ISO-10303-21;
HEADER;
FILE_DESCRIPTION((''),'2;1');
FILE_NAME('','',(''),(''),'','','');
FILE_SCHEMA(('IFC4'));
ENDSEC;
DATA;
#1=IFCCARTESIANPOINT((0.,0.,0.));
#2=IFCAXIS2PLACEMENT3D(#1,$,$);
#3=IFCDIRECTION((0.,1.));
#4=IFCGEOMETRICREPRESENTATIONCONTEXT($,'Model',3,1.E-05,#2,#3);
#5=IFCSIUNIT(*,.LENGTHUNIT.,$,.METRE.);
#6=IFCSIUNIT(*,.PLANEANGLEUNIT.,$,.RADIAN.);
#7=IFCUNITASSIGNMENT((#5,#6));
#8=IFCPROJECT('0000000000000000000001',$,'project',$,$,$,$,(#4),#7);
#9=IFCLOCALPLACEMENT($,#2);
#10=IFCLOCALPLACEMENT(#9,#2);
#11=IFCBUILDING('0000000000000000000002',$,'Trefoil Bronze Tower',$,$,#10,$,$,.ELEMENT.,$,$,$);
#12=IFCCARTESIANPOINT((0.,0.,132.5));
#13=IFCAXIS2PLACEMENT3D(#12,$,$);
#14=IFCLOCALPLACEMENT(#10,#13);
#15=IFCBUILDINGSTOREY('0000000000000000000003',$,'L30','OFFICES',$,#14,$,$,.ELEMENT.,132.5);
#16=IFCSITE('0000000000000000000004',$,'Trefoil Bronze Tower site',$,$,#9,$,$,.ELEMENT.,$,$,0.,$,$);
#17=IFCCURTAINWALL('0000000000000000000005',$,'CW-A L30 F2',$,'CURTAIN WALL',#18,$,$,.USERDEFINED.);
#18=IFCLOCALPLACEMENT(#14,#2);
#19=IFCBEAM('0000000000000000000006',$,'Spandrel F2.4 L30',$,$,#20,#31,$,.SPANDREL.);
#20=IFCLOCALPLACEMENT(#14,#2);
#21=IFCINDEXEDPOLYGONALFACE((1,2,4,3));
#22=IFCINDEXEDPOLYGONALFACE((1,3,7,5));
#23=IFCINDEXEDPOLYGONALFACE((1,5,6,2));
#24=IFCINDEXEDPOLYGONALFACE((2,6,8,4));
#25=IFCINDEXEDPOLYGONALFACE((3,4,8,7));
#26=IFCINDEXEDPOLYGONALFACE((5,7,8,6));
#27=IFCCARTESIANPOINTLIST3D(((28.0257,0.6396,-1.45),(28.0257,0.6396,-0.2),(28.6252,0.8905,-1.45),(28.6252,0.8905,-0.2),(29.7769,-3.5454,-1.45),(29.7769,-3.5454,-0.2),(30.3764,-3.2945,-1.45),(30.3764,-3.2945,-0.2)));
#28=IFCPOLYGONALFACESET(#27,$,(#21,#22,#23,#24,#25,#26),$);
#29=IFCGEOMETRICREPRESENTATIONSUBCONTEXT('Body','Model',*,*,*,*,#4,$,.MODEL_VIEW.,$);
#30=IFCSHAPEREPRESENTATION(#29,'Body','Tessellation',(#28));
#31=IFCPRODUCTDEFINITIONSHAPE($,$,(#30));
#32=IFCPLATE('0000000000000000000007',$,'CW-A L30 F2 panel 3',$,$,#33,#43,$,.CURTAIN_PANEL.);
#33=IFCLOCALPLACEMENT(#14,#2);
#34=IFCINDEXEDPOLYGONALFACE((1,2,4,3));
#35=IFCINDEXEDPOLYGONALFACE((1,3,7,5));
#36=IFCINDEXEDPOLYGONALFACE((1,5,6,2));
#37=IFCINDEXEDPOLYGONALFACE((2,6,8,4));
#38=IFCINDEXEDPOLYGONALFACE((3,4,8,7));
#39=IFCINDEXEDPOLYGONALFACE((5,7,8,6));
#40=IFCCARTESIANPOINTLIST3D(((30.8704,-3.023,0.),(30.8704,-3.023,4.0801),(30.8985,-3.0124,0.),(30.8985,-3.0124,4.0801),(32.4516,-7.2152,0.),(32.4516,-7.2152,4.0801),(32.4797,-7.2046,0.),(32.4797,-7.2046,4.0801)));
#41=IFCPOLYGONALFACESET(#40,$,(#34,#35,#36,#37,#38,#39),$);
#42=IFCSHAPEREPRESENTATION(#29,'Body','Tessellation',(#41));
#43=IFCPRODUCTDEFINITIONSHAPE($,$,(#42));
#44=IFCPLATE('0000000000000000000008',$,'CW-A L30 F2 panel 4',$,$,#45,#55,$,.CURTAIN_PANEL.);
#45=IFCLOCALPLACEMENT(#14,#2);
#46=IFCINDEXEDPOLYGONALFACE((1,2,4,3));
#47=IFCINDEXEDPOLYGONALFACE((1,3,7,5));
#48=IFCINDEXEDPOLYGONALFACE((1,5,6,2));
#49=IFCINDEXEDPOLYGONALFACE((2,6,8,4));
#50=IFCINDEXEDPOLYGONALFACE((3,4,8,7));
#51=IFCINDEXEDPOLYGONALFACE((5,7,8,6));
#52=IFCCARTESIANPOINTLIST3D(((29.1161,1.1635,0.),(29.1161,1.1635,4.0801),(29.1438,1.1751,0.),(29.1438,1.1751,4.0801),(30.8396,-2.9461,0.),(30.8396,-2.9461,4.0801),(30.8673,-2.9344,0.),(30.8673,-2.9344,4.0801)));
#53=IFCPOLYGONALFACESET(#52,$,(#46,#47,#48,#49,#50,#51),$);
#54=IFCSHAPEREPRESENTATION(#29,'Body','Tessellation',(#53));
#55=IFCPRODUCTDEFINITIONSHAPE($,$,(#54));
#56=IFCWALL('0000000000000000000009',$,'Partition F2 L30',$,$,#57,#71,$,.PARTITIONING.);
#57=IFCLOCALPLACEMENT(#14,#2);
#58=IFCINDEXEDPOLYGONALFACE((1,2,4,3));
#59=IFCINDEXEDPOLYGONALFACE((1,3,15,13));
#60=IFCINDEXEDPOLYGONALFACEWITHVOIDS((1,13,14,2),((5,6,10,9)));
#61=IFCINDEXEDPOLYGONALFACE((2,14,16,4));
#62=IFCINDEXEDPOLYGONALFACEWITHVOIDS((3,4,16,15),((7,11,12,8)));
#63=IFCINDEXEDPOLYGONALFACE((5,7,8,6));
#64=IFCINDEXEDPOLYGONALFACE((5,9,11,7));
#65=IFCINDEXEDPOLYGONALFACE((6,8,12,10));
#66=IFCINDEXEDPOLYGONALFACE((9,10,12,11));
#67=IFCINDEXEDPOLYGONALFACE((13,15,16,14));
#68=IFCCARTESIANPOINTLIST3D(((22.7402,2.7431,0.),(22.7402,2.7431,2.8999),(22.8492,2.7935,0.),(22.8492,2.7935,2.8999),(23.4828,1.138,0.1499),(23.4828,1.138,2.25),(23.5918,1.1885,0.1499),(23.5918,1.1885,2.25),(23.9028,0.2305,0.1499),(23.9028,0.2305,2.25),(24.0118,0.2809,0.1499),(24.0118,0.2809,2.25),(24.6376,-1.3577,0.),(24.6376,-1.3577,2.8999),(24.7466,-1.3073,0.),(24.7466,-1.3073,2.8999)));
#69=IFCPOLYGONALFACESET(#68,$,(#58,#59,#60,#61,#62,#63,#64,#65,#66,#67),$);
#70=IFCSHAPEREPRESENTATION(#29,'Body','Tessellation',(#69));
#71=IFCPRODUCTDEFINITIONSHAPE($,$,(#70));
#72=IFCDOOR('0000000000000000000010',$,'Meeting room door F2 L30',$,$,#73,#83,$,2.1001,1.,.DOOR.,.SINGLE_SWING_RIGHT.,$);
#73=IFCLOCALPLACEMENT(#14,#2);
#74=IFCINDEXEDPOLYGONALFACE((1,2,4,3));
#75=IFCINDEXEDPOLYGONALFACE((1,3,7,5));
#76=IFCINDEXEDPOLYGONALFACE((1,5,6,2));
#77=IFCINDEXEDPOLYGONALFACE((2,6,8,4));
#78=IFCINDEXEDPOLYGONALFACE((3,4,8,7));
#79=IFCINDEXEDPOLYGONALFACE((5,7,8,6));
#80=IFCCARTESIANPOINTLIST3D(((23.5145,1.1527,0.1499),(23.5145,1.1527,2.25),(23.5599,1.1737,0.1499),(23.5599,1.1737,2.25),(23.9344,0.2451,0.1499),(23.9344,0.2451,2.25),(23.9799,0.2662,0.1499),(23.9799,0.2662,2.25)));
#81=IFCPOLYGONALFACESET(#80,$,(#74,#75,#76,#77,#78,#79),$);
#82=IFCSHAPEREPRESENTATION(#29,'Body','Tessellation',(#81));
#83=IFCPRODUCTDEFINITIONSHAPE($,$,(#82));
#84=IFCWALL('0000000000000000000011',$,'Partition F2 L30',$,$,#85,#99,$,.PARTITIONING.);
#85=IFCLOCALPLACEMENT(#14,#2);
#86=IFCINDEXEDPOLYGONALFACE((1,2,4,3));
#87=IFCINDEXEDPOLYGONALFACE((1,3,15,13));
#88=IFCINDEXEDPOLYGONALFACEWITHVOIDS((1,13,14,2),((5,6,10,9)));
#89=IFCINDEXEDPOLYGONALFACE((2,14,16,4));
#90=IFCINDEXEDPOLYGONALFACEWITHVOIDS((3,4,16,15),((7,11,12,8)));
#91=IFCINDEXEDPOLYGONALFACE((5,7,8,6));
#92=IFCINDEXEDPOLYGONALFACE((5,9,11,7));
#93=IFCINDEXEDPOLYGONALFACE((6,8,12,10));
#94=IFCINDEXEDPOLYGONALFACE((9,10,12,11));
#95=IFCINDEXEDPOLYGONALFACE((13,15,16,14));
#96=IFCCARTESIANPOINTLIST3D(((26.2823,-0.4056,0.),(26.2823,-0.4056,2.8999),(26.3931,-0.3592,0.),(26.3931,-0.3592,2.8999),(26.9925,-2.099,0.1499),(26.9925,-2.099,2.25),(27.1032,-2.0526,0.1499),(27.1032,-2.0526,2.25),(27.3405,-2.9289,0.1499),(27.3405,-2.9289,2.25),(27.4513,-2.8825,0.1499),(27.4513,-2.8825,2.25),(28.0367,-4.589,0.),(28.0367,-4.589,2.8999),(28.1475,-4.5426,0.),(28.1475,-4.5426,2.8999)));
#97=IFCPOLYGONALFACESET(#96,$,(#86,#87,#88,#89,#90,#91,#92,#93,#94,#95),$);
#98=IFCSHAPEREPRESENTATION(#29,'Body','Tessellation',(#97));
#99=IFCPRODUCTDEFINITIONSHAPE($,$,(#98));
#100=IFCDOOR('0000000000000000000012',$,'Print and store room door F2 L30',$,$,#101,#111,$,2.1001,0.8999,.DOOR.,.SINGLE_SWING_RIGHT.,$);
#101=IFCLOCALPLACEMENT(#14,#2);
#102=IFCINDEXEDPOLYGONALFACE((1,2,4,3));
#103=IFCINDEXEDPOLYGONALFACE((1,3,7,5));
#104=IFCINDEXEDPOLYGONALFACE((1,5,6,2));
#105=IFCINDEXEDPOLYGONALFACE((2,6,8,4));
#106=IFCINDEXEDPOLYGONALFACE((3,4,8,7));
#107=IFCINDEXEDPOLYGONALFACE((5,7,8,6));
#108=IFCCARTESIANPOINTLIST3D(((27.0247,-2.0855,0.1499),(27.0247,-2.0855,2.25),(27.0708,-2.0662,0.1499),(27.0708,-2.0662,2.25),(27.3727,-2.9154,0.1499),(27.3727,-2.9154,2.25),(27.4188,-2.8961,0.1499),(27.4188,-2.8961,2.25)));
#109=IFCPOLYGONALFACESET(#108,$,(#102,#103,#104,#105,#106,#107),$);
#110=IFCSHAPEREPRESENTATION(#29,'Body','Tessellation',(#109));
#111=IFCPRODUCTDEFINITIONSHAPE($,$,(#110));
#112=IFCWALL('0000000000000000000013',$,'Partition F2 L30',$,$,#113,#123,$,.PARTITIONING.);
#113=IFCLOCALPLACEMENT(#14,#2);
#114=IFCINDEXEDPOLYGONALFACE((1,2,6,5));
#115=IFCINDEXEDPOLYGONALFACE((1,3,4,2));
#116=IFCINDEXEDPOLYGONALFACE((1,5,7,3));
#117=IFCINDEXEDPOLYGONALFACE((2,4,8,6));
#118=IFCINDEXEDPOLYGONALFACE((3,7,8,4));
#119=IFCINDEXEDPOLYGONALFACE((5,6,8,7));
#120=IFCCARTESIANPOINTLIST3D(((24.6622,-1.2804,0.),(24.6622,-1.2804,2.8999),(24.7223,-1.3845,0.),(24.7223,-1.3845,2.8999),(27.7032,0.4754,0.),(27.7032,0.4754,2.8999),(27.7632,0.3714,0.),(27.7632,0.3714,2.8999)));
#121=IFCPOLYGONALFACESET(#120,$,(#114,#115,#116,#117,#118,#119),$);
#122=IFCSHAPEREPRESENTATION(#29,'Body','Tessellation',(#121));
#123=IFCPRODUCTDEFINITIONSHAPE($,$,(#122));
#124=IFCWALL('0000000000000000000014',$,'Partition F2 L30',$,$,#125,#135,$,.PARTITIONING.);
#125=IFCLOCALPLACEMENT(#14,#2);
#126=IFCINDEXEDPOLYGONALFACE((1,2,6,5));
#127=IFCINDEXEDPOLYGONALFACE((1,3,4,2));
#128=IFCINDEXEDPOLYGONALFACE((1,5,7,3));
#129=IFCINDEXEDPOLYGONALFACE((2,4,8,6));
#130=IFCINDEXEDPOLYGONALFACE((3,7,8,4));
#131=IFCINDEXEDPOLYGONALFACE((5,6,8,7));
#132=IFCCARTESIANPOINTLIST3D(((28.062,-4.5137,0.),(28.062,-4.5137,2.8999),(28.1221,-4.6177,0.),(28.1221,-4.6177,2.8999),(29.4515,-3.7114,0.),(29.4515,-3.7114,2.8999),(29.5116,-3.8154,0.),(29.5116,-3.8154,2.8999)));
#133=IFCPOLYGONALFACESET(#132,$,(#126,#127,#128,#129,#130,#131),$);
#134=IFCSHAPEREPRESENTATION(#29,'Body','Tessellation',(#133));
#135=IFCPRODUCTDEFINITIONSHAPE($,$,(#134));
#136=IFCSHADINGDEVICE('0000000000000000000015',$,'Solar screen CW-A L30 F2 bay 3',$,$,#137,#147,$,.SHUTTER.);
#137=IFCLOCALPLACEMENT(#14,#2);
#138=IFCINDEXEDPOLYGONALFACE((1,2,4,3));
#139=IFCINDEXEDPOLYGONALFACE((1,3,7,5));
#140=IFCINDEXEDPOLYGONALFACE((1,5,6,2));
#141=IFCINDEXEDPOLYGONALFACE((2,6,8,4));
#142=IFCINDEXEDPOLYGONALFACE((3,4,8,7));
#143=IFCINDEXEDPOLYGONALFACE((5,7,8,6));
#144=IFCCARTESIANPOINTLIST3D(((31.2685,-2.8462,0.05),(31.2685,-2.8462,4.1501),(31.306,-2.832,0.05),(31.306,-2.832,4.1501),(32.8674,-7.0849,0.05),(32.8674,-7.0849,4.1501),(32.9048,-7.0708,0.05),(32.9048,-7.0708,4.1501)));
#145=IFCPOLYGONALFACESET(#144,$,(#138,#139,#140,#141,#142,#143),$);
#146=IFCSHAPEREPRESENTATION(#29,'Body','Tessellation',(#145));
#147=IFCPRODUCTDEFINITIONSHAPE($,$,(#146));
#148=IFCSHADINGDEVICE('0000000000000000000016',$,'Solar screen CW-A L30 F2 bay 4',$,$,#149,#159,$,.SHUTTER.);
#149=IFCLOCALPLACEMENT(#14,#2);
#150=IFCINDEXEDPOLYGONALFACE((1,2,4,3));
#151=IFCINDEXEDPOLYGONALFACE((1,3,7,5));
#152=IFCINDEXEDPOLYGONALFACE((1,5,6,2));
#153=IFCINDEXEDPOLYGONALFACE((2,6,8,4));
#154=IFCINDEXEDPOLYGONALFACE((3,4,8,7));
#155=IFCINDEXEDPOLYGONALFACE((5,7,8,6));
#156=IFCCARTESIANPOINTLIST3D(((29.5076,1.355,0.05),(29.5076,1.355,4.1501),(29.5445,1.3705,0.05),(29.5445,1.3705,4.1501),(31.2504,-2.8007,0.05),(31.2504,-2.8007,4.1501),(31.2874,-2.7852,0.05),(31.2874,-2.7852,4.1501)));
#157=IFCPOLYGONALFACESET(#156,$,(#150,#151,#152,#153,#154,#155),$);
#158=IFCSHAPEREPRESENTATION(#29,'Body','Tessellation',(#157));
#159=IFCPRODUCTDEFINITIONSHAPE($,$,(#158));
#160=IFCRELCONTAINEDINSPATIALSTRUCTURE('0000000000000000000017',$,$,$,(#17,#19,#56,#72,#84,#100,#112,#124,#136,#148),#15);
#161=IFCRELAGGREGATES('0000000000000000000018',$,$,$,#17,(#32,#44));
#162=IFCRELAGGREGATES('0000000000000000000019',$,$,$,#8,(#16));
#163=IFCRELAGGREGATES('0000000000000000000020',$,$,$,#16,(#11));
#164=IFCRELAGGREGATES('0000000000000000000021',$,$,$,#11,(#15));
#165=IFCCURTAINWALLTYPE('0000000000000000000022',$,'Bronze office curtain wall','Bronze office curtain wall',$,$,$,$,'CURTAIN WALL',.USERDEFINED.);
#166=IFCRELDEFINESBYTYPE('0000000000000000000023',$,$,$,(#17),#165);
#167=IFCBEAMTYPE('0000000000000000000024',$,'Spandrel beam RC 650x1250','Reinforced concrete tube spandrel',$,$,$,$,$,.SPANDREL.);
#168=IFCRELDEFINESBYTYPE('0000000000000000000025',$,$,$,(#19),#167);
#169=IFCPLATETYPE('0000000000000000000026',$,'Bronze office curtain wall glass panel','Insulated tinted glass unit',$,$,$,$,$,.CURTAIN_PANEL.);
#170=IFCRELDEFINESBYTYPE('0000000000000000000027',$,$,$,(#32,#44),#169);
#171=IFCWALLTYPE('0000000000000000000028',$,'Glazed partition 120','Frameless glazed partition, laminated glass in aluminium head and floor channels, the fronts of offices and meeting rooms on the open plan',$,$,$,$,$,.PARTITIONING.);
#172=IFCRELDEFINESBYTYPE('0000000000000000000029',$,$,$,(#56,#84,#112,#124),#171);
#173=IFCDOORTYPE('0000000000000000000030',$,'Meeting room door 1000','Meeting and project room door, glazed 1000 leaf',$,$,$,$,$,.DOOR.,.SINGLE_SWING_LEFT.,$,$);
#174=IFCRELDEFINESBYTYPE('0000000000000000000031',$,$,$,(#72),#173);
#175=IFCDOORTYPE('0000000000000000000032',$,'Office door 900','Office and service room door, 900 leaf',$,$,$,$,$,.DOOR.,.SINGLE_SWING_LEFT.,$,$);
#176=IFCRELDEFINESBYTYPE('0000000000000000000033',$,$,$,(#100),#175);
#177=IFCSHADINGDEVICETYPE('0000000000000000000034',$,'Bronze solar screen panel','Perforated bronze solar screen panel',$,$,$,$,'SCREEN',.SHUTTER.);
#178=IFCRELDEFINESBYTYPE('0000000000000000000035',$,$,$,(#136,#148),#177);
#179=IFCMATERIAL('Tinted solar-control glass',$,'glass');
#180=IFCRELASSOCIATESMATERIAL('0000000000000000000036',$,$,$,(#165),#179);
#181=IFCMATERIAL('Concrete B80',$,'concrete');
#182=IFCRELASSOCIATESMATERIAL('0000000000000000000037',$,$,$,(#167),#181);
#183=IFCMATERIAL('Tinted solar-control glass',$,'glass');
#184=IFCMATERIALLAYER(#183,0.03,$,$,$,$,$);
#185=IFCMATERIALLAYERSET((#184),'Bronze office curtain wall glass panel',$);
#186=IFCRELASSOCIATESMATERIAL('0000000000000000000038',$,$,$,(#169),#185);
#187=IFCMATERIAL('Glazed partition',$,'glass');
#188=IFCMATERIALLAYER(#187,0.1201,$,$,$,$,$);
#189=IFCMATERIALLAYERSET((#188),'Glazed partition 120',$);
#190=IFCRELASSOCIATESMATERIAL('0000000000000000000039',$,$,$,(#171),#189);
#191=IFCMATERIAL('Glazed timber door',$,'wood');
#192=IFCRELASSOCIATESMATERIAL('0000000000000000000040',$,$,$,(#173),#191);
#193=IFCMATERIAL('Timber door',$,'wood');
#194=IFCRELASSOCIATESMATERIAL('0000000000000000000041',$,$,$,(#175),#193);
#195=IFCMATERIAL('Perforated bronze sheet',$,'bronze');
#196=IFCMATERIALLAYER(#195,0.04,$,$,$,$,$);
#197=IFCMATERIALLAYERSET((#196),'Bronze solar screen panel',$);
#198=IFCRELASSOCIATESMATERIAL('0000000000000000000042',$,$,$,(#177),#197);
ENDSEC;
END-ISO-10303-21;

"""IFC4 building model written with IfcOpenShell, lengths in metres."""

from ifc_helpers import new_model, si_unit, direction, frame, frame_2d, origin, origin_2d, place, context, subcontext, project, spatial, rectangle, extrude, material, layer, layer_set, material_profile, profile_set, type_object, element, fill, aggregate, save


model = new_model("IFC4")

# Units and contexts
model_context = context("Model", 3, precision=1e-05, world=origin(), true_north=direction((0.0, 1.0)))
body_context = subcontext(model_context, "Body", "Model", "MODEL_VIEW")
ifc_project = project(units=[si_unit("LENGTHUNIT", "METRE"), si_unit("PLANEANGLEUNIT", "RADIAN")], contexts=[model_context])

# Site, building, storey
site_placement = place(None, origin())
site = spatial("IfcSite", under=ifc_project, at=site_placement, Name="Trefoil Bronze Tower site", CompositionType="ELEMENT", RefElevation=0.0)
building_placement = place(site_placement, origin())
building = spatial("IfcBuilding", under=site, at=building_placement, Name="Trefoil Bronze Tower", CompositionType="ELEMENT")
storey_placement = place(building_placement, frame((0.0, 0.0, 132.5)))
storey = spatial("IfcBuildingStorey", under=building, at=storey_placement, Name="L30", Description="OFFICES", CompositionType="ELEMENT", Elevation=132.5)

# Curtain wall
ifc_material_1 = material(Name="Tinted solar-control glass", Category="glass")
curtain_wall_type = type_object("IfcCurtainWallType", Name="Bronze office curtain wall", Description="Bronze office curtain wall", ElementType="CURTAIN WALL", PredefinedType="USERDEFINED", material=ifc_material_1)
curtain_wall_placement = place(storey_placement, origin())
curtain_wall = element("IfcCurtainWall", 1, at=curtain_wall_placement, inside=storey, type_object=curtain_wall_type, Name="CW-A L30 F2", ObjectType="CURTAIN WALL", PredefinedType="USERDEFINED")

# Beam
ifc_material_2 = material(Name="Concrete B80", Category="concrete")
ifc_material_profile_1 = material_profile(ifc_material_2, rectangle(XDim=0.6499, YDim=1.25, at=origin_2d()), Name="RC 650x1250")
ifc_profile_set_1 = profile_set([ifc_material_profile_1], Name="Concrete B80")
beam_type_1 = type_object("IfcBeamType", Name="Spandrel beam RC 650x1250", Description="Reinforced concrete tube spandrel", PredefinedType="SPANDREL", material=ifc_profile_set_1)
beam_1_placement = place(storey_placement, frame((30.0767, -3.4199, -0.825), z_axis=(-0.386013, 0.922493, 0.0), x_axis=(-0.922493, -0.386013, 0.0)))
element("IfcBeam", 2, at=beam_1_placement, inside=storey, type_object=beam_type_1, Name="Spandrel F2.4 L30", PredefinedType="SPANDREL", context=body_context, shape_type="SweptSolid", body=[
    extrude(rectangle(XDim=0.6499, YDim=1.25, at=origin_2d()), origin(), (0.0, 0.0, 1.0), 4.5366),
])

# Plates
ifc_material_3 = material(Name="Tinted solar-control glass", Category="glass")
ifc_layer_1 = layer(ifc_material_3, 0.03)
ifc_layer_set_1 = layer_set([ifc_layer_1], Name="Bronze office curtain wall glass panel")
plate_type = type_object("IfcPlateType", Name="Bronze office curtain wall glass panel", Description="Insulated tinted glass unit", PredefinedType="CURTAIN_PANEL", material=ifc_layer_set_1)
plate_1_placement = place(storey_placement, frame((31.675, -5.1138, 0.0), z_axis=(0.0, 0.0, 1.0), x_axis=(-0.35292, 0.935654, 0.0)))
plate_1 = element("IfcPlate", 3, at=plate_1_placement, type_object=plate_type, Name="CW-A L30 F2 panel 3", PredefinedType="CURTAIN_PANEL", context=body_context, shape_type="SweptSolid", body=[
    extrude(rectangle(XDim=4.4805, YDim=0.03, at=origin_2d()), origin(), (0.0, 0.0, 1.0), 4.0801),
])
plate_2_placement = place(storey_placement, frame((29.9917, -0.8855, 0.0), z_axis=(0.0, 0.0, 1.0), x_axis=(-0.386759, 0.922181, 0.0)))
plate_2 = element("IfcPlate", 4, at=plate_2_placement, type_object=plate_type, Name="CW-A L30 F2 panel 4", PredefinedType="CURTAIN_PANEL", context=body_context, shape_type="SweptSolid", body=[
    extrude(rectangle(XDim=4.4563, YDim=0.03, at=origin_2d()), origin(), (0.0, 0.0, 1.0), 4.0801),
])
aggregate(curtain_wall, [plate_1, plate_2])

# Walls, openings, doors
ifc_material_4 = material(Name="Glazed partition", Category="glass")
ifc_layer_2 = layer(ifc_material_4, 0.1201)
ifc_layer_set_2 = layer_set([ifc_layer_2], Name="Glazed partition 120")
wall_type = type_object("IfcWallType", Name="Glazed partition 120", Description="Frameless glazed partition, laminated glass in aluminium head and floor channels, the fronts of offices and meeting rooms on the open plan", PredefinedType="PARTITIONING", material=ifc_layer_set_2)
wall_1_placement = place(storey_placement, frame((24.6921, -1.3325, 0.0), z_axis=(0.0, 0.0, 1.0), x_axis=(-0.419928, 0.907557, 0.0)))
wall_1 = element("IfcWall", 5, at=wall_1_placement, inside=storey, type_object=wall_type, Name="Partition F2 L30", PredefinedType="PARTITIONING", context=body_context, shape_type="SweptSolid", body=[
    extrude(rectangle(XDim=4.5186, YDim=0.1201, at=frame_2d((2.2593, 0.0))), origin(), (0.0, 0.0, 1.0), 2.8999),
])
opening_1_placement = place(wall_1_placement, frame((1.75, 0.0, 0.1499)))
opening_1 = element("IfcOpeningElement", 6, at=opening_1_placement, cuts=wall_1, PredefinedType="OPENING", context=body_context, shape_type="SweptSolid", body=[
    extrude(rectangle(XDim=1.0, YDim=2.1001, at=frame_2d((0.5, 1.05))), frame((0.0, 0.0701, 0.0), z_axis=(0.0, -1.0, 0.0), x_axis=(1.0, 0.0, 0.0)), (0.0, 0.0, 1.0), 0.1401),
])
ifc_material_5 = material(Name="Glazed timber door", Category="wood")
door_type_1 = type_object("IfcDoorType", Name="Meeting room door 1000", Description="Meeting and project room door, glazed 1000 leaf", OperationType="SINGLE_SWING_LEFT", PredefinedType="DOOR", material=ifc_material_5)
door_1_placement = place(opening_1_placement, frame((1.0, 0.0, 0.0), z_axis=(0.0, 0.0, 1.0), x_axis=(-1.0, 0.0, 0.0)))
door_1 = element("IfcDoor", 7, at=door_1_placement, inside=storey, type_object=door_type_1, Name="Meeting room door F2 L30", OperationType="SINGLE_SWING_RIGHT", OverallHeight=2.1001, OverallWidth=1.0, PredefinedType="DOOR", context=body_context, shape_type="SweptSolid", body=[
    extrude(rectangle(XDim=1.0, YDim=2.1001, at=frame_2d((0.5, 1.05))), frame((0.0, 0.0249, 0.0), z_axis=(0.0, -1.0, 0.0), x_axis=(1.0, 0.0, 0.0)), (0.0, 0.0, 1.0), 0.05),
])
fill(opening_1, door_1)
wall_2_placement = place(storey_placement, frame((28.092, -4.5657, 0.0), z_axis=(0.0, 0.0, 1.0), x_axis=(-0.386743, 0.922188, 0.0)))
wall_2 = element("IfcWall", 8, at=wall_2_placement, inside=storey, type_object=wall_type, Name="Partition F2 L30", PredefinedType="PARTITIONING", context=body_context, shape_type="SweptSolid", body=[
    extrude(rectangle(XDim=4.5364, YDim=0.1201, at=frame_2d((2.2681, 0.0))), origin(), (0.0, 0.0, 1.0), 2.8999),
])
opening_2_placement = place(wall_2_placement, frame((1.8, 0.0, 0.1499)))
opening_2 = element("IfcOpeningElement", 9, at=opening_2_placement, cuts=wall_2, PredefinedType="OPENING", context=body_context, shape_type="SweptSolid", body=[
    extrude(rectangle(XDim=0.8999, YDim=2.1001, at=frame_2d((0.45, 1.05))), frame((0.0, 0.0701, 0.0), z_axis=(0.0, -1.0, 0.0), x_axis=(1.0, 0.0, 0.0)), (0.0, 0.0, 1.0), 0.1401),
])
ifc_material_6 = material(Name="Timber door", Category="wood")
door_type_2 = type_object("IfcDoorType", Name="Office door 900", Description="Office and service room door, 900 leaf", OperationType="SINGLE_SWING_LEFT", PredefinedType="DOOR", material=ifc_material_6)
door_2_placement = place(opening_2_placement, frame((0.8999, 0.0, 0.0), z_axis=(0.0, 0.0, 1.0), x_axis=(-1.0, 0.0, 0.0)))
door_2 = element("IfcDoor", 10, at=door_2_placement, inside=storey, type_object=door_type_2, Name="Print and store room door F2 L30", OperationType="SINGLE_SWING_RIGHT", OverallHeight=2.1001, OverallWidth=0.8999, PredefinedType="DOOR", context=body_context, shape_type="SweptSolid", body=[
    extrude(rectangle(XDim=0.8999, YDim=2.1001, at=frame_2d((0.45, 1.05))), frame((0.0, 0.0249, 0.0), z_axis=(0.0, -1.0, 0.0), x_axis=(1.0, 0.0, 0.0)), (0.0, 0.0, 1.0), 0.05),
])
fill(opening_2, door_2)

# Walls
wall_3_placement = place(storey_placement, frame((24.6921, -1.3325, 0.0), z_axis=(0.0, 0.0, 1.0), x_axis=(0.86601, 0.500027, 0.0)))
element("IfcWall", 11, at=wall_3_placement, inside=storey, type_object=wall_type, Name="Partition F2 L30", PredefinedType="PARTITIONING", context=body_context, shape_type="SweptSolid", body=[
    extrude(rectangle(XDim=3.5115, YDim=0.1201, at=frame_2d((1.7559, 0.0))), origin(), (0.0, 0.0, 1.0), 2.8999),
])
wall_4_placement = place(storey_placement, frame((28.092, -4.5657, 0.0), z_axis=(0.0, 0.0, 1.0), x_axis=(0.866006, 0.500034, 0.0)))
element("IfcWall", 12, at=wall_4_placement, inside=storey, type_object=wall_type, Name="Partition F2 L30", PredefinedType="PARTITIONING", context=body_context, shape_type="SweptSolid", body=[
    extrude(rectangle(XDim=1.6045, YDim=0.1201, at=frame_2d((0.8022, 0.0))), origin(), (0.0, 0.0, 1.0), 2.8999),
])

# Shading devices
ifc_material_7 = material(Name="Perforated bronze sheet", Category="bronze")
ifc_layer_3 = layer(ifc_material_7, 0.04)
ifc_layer_set_3 = layer_set([ifc_layer_3], Name="Bronze solar screen panel")
shading_device_type = type_object("IfcShadingDeviceType", Name="Bronze solar screen panel", Description="Perforated bronze solar screen panel", ElementType="SCREEN", PredefinedType="SHUTTER", material=ifc_layer_set_3)
shading_device_1_placement = place(storey_placement, frame((32.0867, -4.9585, 0.05), z_axis=(0.0, 0.0, 1.0), x_axis=(-0.35292, 0.935654, 0.0)))
element("IfcShadingDevice", 13, at=shading_device_1_placement, inside=storey, type_object=shading_device_type, Name="Solar screen CW-A L30 F2 bay 3", PredefinedType="SHUTTER", context=body_context, shape_type="SweptSolid", body=[
    extrude(rectangle(XDim=4.5303, YDim=0.04, at=origin_2d()), origin(), (0.0, 0.0, 1.0), 4.1001),
])
shading_device_2_placement = place(storey_placement, frame((30.3975, -0.7151, 0.05), z_axis=(0.0, 0.0, 1.0), x_axis=(-0.386759, 0.922181, 0.0)))
element("IfcShadingDevice", 14, at=shading_device_2_placement, inside=storey, type_object=shading_device_type, Name="Solar screen CW-A L30 F2 bay 4", PredefinedType="SHUTTER", context=body_context, shape_type="SweptSolid", body=[
    extrude(rectangle(XDim=4.5063, YDim=0.04, at=origin_2d()), origin(), (0.0, 0.0, 1.0), 4.1001),
])

save(model, "model.ifc")
